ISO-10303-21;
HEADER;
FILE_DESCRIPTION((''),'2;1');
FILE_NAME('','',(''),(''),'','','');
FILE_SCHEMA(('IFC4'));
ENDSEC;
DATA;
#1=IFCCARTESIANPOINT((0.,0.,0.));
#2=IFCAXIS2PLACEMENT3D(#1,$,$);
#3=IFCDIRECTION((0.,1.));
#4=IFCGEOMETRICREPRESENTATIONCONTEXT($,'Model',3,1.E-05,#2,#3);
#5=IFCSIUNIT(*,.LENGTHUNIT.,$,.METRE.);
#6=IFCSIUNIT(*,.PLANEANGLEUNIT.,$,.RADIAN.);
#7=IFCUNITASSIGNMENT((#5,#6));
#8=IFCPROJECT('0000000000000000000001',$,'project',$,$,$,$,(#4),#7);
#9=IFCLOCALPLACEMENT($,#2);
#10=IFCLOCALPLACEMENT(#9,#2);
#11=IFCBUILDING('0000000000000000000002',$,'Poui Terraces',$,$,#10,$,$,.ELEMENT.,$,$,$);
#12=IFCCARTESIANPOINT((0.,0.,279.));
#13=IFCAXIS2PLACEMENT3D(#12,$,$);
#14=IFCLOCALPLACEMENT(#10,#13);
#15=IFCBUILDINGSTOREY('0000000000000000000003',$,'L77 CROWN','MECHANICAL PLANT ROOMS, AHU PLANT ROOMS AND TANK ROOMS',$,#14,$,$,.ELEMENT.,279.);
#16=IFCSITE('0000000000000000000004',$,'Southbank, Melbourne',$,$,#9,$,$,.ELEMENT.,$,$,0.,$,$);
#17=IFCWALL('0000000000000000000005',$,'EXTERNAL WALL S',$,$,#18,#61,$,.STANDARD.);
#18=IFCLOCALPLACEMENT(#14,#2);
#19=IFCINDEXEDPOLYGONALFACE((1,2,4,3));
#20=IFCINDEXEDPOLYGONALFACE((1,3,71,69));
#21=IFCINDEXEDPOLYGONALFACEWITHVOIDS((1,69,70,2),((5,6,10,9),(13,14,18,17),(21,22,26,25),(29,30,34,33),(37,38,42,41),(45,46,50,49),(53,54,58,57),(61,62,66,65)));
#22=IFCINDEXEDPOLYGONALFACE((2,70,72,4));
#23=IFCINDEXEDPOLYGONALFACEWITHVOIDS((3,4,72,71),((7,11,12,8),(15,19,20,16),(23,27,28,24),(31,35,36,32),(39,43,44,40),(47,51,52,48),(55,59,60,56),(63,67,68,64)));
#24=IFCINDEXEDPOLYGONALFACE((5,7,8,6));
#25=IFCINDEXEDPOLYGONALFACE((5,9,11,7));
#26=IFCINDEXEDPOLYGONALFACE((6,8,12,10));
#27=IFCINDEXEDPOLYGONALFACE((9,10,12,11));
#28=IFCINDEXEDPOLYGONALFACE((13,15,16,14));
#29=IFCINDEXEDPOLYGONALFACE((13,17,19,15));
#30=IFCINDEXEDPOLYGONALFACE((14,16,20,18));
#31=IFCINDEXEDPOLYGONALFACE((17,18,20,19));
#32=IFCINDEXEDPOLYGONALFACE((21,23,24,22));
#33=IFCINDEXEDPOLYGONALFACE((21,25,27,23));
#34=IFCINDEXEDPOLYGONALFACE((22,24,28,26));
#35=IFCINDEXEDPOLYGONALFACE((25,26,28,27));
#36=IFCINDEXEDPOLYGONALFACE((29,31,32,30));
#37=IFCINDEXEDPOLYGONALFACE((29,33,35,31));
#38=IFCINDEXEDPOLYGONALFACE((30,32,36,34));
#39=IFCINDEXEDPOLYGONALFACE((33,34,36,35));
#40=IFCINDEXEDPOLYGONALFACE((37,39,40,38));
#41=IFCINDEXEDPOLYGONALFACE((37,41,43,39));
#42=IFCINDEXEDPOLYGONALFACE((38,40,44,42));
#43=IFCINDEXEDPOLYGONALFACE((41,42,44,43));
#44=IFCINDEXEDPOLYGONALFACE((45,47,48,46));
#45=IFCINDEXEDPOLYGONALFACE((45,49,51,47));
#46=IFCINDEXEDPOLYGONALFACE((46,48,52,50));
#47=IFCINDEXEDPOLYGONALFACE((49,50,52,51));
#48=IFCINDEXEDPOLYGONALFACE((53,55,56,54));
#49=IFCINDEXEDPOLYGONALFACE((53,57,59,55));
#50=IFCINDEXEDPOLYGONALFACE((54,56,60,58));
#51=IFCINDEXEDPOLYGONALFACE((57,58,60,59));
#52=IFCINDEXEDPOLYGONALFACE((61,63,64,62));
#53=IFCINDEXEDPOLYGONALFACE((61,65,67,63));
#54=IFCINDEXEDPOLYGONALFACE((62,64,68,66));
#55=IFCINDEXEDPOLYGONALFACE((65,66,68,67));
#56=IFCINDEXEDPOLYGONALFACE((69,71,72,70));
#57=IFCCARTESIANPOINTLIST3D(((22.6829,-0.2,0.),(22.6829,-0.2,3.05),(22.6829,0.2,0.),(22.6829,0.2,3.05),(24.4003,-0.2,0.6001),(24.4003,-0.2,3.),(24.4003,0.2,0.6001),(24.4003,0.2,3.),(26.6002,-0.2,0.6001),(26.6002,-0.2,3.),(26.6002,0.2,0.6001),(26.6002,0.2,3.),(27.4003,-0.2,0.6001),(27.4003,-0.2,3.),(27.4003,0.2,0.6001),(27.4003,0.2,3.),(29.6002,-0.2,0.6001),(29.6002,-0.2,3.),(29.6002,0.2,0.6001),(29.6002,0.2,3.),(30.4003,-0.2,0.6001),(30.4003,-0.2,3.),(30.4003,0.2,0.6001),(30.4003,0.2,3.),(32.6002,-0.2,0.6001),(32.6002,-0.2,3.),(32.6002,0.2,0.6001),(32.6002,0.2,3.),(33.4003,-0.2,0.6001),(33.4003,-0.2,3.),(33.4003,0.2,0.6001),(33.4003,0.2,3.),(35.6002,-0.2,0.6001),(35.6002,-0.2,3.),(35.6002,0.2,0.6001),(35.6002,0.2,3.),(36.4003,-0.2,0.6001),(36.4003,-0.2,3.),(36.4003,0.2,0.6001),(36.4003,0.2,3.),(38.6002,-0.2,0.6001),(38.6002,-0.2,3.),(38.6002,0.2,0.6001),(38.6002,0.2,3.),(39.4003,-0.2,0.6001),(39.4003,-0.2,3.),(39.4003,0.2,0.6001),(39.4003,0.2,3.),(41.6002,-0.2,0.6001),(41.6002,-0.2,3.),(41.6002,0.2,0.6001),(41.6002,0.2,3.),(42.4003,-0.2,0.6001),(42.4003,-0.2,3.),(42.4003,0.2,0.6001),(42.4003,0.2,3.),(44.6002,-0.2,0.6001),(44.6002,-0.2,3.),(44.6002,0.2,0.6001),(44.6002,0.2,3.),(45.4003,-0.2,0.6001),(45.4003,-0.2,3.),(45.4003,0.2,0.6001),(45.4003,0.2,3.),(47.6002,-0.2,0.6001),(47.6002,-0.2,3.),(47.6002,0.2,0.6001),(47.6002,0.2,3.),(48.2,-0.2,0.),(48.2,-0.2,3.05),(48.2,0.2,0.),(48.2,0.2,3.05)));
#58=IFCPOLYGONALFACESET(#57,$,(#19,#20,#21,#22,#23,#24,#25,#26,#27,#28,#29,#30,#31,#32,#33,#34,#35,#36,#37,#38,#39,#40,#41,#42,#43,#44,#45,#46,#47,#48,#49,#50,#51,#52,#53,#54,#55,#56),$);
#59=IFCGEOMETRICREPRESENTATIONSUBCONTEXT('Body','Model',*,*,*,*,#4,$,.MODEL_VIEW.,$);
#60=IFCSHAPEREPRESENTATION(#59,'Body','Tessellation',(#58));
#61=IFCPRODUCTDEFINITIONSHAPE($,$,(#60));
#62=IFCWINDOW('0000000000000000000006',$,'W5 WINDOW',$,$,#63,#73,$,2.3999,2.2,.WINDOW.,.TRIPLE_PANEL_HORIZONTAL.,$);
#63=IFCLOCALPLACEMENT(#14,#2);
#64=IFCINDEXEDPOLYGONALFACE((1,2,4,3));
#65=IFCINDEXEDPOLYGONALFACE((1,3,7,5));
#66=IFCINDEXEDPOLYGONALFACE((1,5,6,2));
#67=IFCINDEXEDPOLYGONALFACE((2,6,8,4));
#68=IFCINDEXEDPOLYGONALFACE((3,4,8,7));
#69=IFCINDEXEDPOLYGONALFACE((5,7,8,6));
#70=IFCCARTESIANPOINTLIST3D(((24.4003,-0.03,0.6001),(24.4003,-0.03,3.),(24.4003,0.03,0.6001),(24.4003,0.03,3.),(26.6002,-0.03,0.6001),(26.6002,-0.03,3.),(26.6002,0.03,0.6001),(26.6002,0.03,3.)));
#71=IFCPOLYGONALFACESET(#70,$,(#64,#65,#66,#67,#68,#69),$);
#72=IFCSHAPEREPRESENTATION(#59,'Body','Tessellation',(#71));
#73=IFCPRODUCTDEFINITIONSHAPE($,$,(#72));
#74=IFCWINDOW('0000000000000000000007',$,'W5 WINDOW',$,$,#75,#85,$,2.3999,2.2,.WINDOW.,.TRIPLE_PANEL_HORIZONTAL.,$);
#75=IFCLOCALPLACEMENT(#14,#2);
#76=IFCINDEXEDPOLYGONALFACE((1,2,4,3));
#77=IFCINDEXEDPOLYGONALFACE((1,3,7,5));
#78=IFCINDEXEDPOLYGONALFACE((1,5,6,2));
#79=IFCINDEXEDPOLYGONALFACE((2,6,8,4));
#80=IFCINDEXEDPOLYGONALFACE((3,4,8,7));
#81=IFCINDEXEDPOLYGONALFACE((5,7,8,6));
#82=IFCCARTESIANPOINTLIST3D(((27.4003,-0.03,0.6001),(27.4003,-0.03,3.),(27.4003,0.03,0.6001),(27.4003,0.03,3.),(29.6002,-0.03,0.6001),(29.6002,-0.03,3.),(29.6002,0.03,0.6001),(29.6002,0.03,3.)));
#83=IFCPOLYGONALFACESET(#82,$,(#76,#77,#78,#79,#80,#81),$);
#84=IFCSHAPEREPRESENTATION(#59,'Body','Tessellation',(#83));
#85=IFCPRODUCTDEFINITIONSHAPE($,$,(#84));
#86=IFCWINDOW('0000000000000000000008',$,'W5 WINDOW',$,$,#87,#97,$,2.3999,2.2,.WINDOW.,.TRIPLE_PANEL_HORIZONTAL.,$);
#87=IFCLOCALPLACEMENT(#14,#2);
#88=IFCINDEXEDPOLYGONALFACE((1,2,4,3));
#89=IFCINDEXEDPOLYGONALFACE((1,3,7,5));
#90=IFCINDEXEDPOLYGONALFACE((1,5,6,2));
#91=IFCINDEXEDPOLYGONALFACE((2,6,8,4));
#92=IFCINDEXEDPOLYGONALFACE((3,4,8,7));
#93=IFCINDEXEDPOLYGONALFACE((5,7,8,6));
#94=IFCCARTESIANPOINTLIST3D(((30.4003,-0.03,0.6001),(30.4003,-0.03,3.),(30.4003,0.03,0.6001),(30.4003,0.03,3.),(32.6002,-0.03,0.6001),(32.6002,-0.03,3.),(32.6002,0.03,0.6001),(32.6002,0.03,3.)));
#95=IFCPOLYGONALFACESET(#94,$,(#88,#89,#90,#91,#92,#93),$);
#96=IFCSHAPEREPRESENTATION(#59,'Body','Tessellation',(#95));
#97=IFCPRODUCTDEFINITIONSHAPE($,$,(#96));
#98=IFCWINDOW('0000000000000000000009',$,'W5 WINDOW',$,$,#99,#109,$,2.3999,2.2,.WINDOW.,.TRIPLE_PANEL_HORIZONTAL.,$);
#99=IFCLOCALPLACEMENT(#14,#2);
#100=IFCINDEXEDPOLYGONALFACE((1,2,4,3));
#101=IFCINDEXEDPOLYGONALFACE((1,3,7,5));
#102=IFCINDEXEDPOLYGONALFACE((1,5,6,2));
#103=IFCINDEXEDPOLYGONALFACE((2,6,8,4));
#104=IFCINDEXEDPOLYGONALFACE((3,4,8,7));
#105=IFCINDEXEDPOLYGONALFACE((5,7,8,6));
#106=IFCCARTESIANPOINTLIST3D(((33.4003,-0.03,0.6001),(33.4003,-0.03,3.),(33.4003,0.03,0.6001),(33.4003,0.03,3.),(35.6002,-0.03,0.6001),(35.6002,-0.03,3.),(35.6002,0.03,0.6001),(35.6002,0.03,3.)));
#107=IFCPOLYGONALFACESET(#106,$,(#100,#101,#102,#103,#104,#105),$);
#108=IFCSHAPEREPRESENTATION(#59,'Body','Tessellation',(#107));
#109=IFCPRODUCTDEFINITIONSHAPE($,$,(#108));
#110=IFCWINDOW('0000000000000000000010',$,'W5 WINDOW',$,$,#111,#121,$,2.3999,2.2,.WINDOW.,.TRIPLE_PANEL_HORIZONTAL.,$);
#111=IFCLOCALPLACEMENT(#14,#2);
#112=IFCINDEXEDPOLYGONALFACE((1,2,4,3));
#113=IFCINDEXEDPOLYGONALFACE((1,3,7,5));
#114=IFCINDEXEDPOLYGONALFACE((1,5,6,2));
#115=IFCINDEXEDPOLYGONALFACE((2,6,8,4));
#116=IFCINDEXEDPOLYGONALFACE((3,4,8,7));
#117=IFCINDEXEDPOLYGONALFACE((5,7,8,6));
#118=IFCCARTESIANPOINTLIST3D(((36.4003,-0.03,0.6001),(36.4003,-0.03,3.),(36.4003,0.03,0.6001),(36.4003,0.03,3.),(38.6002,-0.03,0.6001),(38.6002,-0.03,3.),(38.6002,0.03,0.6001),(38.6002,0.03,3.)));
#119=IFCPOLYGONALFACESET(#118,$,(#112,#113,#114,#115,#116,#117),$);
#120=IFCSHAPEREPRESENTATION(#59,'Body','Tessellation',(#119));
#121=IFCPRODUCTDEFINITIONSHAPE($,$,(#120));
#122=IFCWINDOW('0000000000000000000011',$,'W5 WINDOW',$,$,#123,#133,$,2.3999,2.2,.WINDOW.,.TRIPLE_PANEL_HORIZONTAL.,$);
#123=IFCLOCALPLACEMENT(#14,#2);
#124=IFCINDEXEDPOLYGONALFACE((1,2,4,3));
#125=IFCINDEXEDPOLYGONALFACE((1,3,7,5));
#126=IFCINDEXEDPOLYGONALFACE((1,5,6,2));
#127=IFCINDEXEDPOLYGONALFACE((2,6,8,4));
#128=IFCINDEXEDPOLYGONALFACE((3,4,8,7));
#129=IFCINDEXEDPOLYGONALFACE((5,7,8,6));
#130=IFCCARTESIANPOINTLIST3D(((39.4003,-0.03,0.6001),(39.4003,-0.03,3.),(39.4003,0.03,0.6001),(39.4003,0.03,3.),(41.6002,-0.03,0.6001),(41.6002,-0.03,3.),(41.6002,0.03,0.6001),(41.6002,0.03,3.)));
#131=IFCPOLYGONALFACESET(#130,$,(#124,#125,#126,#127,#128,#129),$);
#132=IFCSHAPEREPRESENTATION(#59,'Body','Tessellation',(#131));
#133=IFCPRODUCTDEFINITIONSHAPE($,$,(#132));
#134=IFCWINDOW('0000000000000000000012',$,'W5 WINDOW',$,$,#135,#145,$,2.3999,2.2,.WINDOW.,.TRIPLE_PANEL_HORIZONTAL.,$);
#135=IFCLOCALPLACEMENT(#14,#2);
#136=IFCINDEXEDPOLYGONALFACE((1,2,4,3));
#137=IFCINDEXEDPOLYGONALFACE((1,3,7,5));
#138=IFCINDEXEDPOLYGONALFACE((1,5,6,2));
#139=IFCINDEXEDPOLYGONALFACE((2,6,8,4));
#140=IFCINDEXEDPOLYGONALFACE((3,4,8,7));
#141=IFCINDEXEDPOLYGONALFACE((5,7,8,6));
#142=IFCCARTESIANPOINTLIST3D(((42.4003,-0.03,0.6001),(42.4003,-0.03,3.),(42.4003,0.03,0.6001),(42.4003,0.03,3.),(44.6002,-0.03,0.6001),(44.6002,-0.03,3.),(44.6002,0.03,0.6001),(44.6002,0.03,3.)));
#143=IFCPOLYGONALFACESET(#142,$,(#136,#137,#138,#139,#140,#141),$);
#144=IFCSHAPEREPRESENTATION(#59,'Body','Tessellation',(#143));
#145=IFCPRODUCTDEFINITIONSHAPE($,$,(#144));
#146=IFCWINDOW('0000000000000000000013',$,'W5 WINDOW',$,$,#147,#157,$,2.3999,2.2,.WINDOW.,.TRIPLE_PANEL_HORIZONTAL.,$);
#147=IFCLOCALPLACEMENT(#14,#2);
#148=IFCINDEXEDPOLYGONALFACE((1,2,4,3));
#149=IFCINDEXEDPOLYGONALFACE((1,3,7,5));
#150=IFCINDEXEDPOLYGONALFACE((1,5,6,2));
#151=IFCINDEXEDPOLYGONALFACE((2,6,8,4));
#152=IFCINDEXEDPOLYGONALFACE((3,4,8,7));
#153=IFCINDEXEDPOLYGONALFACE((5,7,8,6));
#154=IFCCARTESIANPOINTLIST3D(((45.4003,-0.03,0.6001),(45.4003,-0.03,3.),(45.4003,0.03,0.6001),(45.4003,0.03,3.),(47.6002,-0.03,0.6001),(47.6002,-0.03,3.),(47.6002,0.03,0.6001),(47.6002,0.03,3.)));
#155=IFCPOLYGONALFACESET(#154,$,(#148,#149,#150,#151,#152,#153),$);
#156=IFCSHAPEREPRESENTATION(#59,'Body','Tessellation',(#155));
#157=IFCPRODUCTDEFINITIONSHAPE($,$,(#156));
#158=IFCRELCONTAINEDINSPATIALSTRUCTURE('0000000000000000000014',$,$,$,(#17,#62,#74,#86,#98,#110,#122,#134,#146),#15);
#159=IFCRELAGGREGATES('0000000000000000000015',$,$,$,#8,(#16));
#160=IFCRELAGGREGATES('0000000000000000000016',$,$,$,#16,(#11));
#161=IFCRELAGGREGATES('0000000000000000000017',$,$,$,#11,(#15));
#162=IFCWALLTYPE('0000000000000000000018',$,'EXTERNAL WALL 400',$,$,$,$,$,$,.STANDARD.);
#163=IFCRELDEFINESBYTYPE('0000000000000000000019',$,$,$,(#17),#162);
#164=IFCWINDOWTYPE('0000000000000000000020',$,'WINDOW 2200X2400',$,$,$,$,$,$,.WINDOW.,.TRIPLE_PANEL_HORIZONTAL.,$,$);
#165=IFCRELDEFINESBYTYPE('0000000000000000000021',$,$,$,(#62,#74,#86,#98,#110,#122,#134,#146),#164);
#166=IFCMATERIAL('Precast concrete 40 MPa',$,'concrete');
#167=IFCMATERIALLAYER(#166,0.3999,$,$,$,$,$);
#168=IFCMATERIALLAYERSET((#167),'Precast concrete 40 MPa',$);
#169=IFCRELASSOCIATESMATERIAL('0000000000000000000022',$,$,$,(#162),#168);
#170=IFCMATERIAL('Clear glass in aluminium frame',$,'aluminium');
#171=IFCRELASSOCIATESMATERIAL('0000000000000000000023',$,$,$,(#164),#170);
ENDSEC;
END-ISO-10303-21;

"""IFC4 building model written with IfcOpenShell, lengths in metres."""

from ifc_helpers import new_model, si_unit, direction, frame, frame_2d, origin, place, context, subcontext, project, spatial, rectangle, extrude, material, layer, layer_set, type_object, element, fill, save


model = new_model("IFC4")

# Units and contexts
model_context = context("Model", 3, precision=1e-05, world=origin(), true_north=direction((0.0, 1.0)))
body_context = subcontext(model_context, "Body", "Model", "MODEL_VIEW")
ifc_project = project(units=[si_unit("LENGTHUNIT", "METRE"), si_unit("PLANEANGLEUNIT", "RADIAN")], contexts=[model_context])

# Site, building, storey
site_placement = place(None, origin())
site = spatial("IfcSite", under=ifc_project, at=site_placement, Name="Southbank, Melbourne", CompositionType="ELEMENT", RefElevation=0.0)
building_placement = place(site_placement, origin())
building = spatial("IfcBuilding", under=site, at=building_placement, Name="Poui Terraces", CompositionType="ELEMENT")
storey_placement = place(building_placement, frame((0.0, 0.0, 279.0)))
storey = spatial("IfcBuildingStorey", under=building, at=storey_placement, Name="L77 CROWN", Description="MECHANICAL PLANT ROOMS, AHU PLANT ROOMS AND TANK ROOMS", CompositionType="ELEMENT", Elevation=279.0)

# Wall, openings, windows
ifc_material_1 = material(Name="Precast concrete 40 MPa", Category="concrete")
ifc_layer_1 = layer(ifc_material_1, 0.3999)
ifc_layer_set_1 = layer_set([ifc_layer_1], Name="Precast concrete 40 MPa")
wall_type_1 = type_object("IfcWallType", Name="EXTERNAL WALL 400", PredefinedType="STANDARD", material=ifc_layer_set_1)
wall_1_placement = place(storey_placement, frame((22.6829, 0.0, 0.0), z_axis=(0.0, 0.0, 1.0), x_axis=(1.0, 0.0, 0.0)))
wall_1 = element("IfcWall", 1, at=wall_1_placement, inside=storey, type_object=wall_type_1, Name="EXTERNAL WALL S", PredefinedType="STANDARD", context=body_context, shape_type="SweptSolid", body=[
    extrude(rectangle(XDim=25.5171, YDim=0.3999, at=frame_2d((12.7585, 0.0))), origin(), (0.0, 0.0, 1.0), 3.05),
])
opening_1_placement = place(wall_1_placement, frame((1.7173, 0.0, 0.6001)))
opening_1 = element("IfcOpeningElement", 2, at=opening_1_placement, cuts=wall_1, PredefinedType="OPENING", context=body_context, shape_type="SweptSolid", body=[
    extrude(rectangle(XDim=2.2, YDim=2.3999, at=frame_2d((1.1001, 1.2))), frame((0.0, 0.21, 0.0), z_axis=(0.0, -1.0, 0.0), x_axis=(1.0, 0.0, 0.0)), (0.0, 0.0, 1.0), 0.4199),
])
opening_2_placement = place(wall_1_placement, frame((4.7173, 0.0, 0.6001)))
opening_2 = element("IfcOpeningElement", 3, at=opening_2_placement, cuts=wall_1, PredefinedType="OPENING", context=body_context, shape_type="SweptSolid", body=[
    extrude(rectangle(XDim=2.2, YDim=2.3999, at=frame_2d((1.1001, 1.2))), frame((0.0, 0.21, 0.0), z_axis=(0.0, -1.0, 0.0), x_axis=(1.0, 0.0, 0.0)), (0.0, 0.0, 1.0), 0.4199),
])
opening_3_placement = place(wall_1_placement, frame((7.7173, 0.0, 0.6001)))
opening_3 = element("IfcOpeningElement", 4, at=opening_3_placement, cuts=wall_1, PredefinedType="OPENING", context=body_context, shape_type="SweptSolid", body=[
    extrude(rectangle(XDim=2.2, YDim=2.3999, at=frame_2d((1.1001, 1.2))), frame((0.0, 0.21, 0.0), z_axis=(0.0, -1.0, 0.0), x_axis=(1.0, 0.0, 0.0)), (0.0, 0.0, 1.0), 0.4199),
])
opening_4_placement = place(wall_1_placement, frame((10.7173, 0.0, 0.6001)))
opening_4 = element("IfcOpeningElement", 5, at=opening_4_placement, cuts=wall_1, PredefinedType="OPENING", context=body_context, shape_type="SweptSolid", body=[
    extrude(rectangle(XDim=2.2, YDim=2.3999, at=frame_2d((1.1001, 1.2))), frame((0.0, 0.21, 0.0), z_axis=(0.0, -1.0, 0.0), x_axis=(1.0, 0.0, 0.0)), (0.0, 0.0, 1.0), 0.4199),
])
opening_5_placement = place(wall_1_placement, frame((13.7173, 0.0, 0.6001)))
opening_5 = element("IfcOpeningElement", 6, at=opening_5_placement, cuts=wall_1, PredefinedType="OPENING", context=body_context, shape_type="SweptSolid", body=[
    extrude(rectangle(XDim=2.2, YDim=2.3999, at=frame_2d((1.1001, 1.2))), frame((0.0, 0.21, 0.0), z_axis=(0.0, -1.0, 0.0), x_axis=(1.0, 0.0, 0.0)), (0.0, 0.0, 1.0), 0.4199),
])
opening_6_placement = place(wall_1_placement, frame((16.7173, 0.0, 0.6001)))
opening_6 = element("IfcOpeningElement", 7, at=opening_6_placement, cuts=wall_1, PredefinedType="OPENING", context=body_context, shape_type="SweptSolid", body=[
    extrude(rectangle(XDim=2.2, YDim=2.3999, at=frame_2d((1.1001, 1.2))), frame((0.0, 0.21, 0.0), z_axis=(0.0, -1.0, 0.0), x_axis=(1.0, 0.0, 0.0)), (0.0, 0.0, 1.0), 0.4199),
])
opening_7_placement = place(wall_1_placement, frame((19.7173, 0.0, 0.6001)))
opening_7 = element("IfcOpeningElement", 8, at=opening_7_placement, cuts=wall_1, PredefinedType="OPENING", context=body_context, shape_type="SweptSolid", body=[
    extrude(rectangle(XDim=2.2, YDim=2.3999, at=frame_2d((1.1001, 1.2))), frame((0.0, 0.21, 0.0), z_axis=(0.0, -1.0, 0.0), x_axis=(1.0, 0.0, 0.0)), (0.0, 0.0, 1.0), 0.4199),
])
opening_8_placement = place(wall_1_placement, frame((22.7173, 0.0, 0.6001)))
opening_8 = element("IfcOpeningElement", 9, at=opening_8_placement, cuts=wall_1, PredefinedType="OPENING", context=body_context, shape_type="SweptSolid", body=[
    extrude(rectangle(XDim=2.2, YDim=2.3999, at=frame_2d((1.1001, 1.2))), frame((0.0, 0.21, 0.0), z_axis=(0.0, -1.0, 0.0), x_axis=(1.0, 0.0, 0.0)), (0.0, 0.0, 1.0), 0.4199),
])
ifc_material_2 = material(Name="Clear glass in aluminium frame", Category="aluminium")
window_type = type_object("IfcWindowType", Name="WINDOW 2200X2400", PartitioningType="TRIPLE_PANEL_HORIZONTAL", PredefinedType="WINDOW", material=ifc_material_2)
window_1_placement = place(opening_1_placement, origin())
window_1 = element("IfcWindow", 10, at=window_1_placement, inside=storey, type_object=window_type, Name="W5 WINDOW", OverallHeight=2.3999, OverallWidth=2.2, PartitioningType="TRIPLE_PANEL_HORIZONTAL", PredefinedType="WINDOW", context=body_context, shape_type="SweptSolid", body=[
    extrude(rectangle(XDim=2.2, YDim=2.3999, at=frame_2d((1.1001, 1.2))), frame((0.0, 0.03, 0.0), z_axis=(0.0, -1.0, 0.0), x_axis=(1.0, 0.0, 0.0)), (0.0, 0.0, 1.0), 0.0601),
])
fill(opening_1, window_1)
window_2_placement = place(opening_2_placement, origin())
window_2 = element("IfcWindow", 11, at=window_2_placement, inside=storey, type_object=window_type, Name="W5 WINDOW", OverallHeight=2.3999, OverallWidth=2.2, PartitioningType="TRIPLE_PANEL_HORIZONTAL", PredefinedType="WINDOW", context=body_context, shape_type="SweptSolid", body=[
    extrude(rectangle(XDim=2.2, YDim=2.3999, at=frame_2d((1.1001, 1.2))), frame((0.0, 0.03, 0.0), z_axis=(0.0, -1.0, 0.0), x_axis=(1.0, 0.0, 0.0)), (0.0, 0.0, 1.0), 0.0601),
])
fill(opening_2, window_2)
window_3_placement = place(opening_3_placement, origin())
window_3 = element("IfcWindow", 12, at=window_3_placement, inside=storey, type_object=window_type, Name="W5 WINDOW", OverallHeight=2.3999, OverallWidth=2.2, PartitioningType="TRIPLE_PANEL_HORIZONTAL", PredefinedType="WINDOW", context=body_context, shape_type="SweptSolid", body=[
    extrude(rectangle(XDim=2.2, YDim=2.3999, at=frame_2d((1.1001, 1.2))), frame((0.0, 0.03, 0.0), z_axis=(0.0, -1.0, 0.0), x_axis=(1.0, 0.0, 0.0)), (0.0, 0.0, 1.0), 0.0601),
])
fill(opening_3, window_3)
window_4_placement = place(opening_4_placement, origin())
window_4 = element("IfcWindow", 13, at=window_4_placement, inside=storey, type_object=window_type, Name="W5 WINDOW", OverallHeight=2.3999, OverallWidth=2.2, PartitioningType="TRIPLE_PANEL_HORIZONTAL", PredefinedType="WINDOW", context=body_context, shape_type="SweptSolid", body=[
    extrude(rectangle(XDim=2.2, YDim=2.3999, at=frame_2d((1.1001, 1.2))), frame((0.0, 0.03, 0.0), z_axis=(0.0, -1.0, 0.0), x_axis=(1.0, 0.0, 0.0)), (0.0, 0.0, 1.0), 0.0601),
])
fill(opening_4, window_4)
window_5_placement = place(opening_5_placement, origin())
window_5 = element("IfcWindow", 14, at=window_5_placement, inside=storey, type_object=window_type, Name="W5 WINDOW", OverallHeight=2.3999, OverallWidth=2.2, PartitioningType="TRIPLE_PANEL_HORIZONTAL", PredefinedType="WINDOW", context=body_context, shape_type="SweptSolid", body=[
    extrude(rectangle(XDim=2.2, YDim=2.3999, at=frame_2d((1.1001, 1.2))), frame((0.0, 0.03, 0.0), z_axis=(0.0, -1.0, 0.0), x_axis=(1.0, 0.0, 0.0)), (0.0, 0.0, 1.0), 0.0601),
])
fill(opening_5, window_5)
window_6_placement = place(opening_6_placement, origin())
window_6 = element("IfcWindow", 15, at=window_6_placement, inside=storey, type_object=window_type, Name="W5 WINDOW", OverallHeight=2.3999, OverallWidth=2.2, PartitioningType="TRIPLE_PANEL_HORIZONTAL", PredefinedType="WINDOW", context=body_context, shape_type="SweptSolid", body=[
    extrude(rectangle(XDim=2.2, YDim=2.3999, at=frame_2d((1.1001, 1.2))), frame((0.0, 0.03, 0.0), z_axis=(0.0, -1.0, 0.0), x_axis=(1.0, 0.0, 0.0)), (0.0, 0.0, 1.0), 0.0601),
])
fill(opening_6, window_6)
window_7_placement = place(opening_7_placement, origin())
window_7 = element("IfcWindow", 16, at=window_7_placement, inside=storey, type_object=window_type, Name="W5 WINDOW", OverallHeight=2.3999, OverallWidth=2.2, PartitioningType="TRIPLE_PANEL_HORIZONTAL", PredefinedType="WINDOW", context=body_context, shape_type="SweptSolid", body=[
    extrude(rectangle(XDim=2.2, YDim=2.3999, at=frame_2d((1.1001, 1.2))), frame((0.0, 0.03, 0.0), z_axis=(0.0, -1.0, 0.0), x_axis=(1.0, 0.0, 0.0)), (0.0, 0.0, 1.0), 0.0601),
])
fill(opening_7, window_7)
window_8_placement = place(opening_8_placement, origin())
window_8 = element("IfcWindow", 17, at=window_8_placement, inside=storey, type_object=window_type, Name="W5 WINDOW", OverallHeight=2.3999, OverallWidth=2.2, PartitioningType="TRIPLE_PANEL_HORIZONTAL", PredefinedType="WINDOW", context=body_context, shape_type="SweptSolid", body=[
    extrude(rectangle(XDim=2.2, YDim=2.3999, at=frame_2d((1.1001, 1.2))), frame((0.0, 0.03, 0.0), z_axis=(0.0, -1.0, 0.0), x_axis=(1.0, 0.0, 0.0)), (0.0, 0.0, 1.0), 0.0601),
])
fill(opening_8, window_8)

save(model, "model.ifc")
